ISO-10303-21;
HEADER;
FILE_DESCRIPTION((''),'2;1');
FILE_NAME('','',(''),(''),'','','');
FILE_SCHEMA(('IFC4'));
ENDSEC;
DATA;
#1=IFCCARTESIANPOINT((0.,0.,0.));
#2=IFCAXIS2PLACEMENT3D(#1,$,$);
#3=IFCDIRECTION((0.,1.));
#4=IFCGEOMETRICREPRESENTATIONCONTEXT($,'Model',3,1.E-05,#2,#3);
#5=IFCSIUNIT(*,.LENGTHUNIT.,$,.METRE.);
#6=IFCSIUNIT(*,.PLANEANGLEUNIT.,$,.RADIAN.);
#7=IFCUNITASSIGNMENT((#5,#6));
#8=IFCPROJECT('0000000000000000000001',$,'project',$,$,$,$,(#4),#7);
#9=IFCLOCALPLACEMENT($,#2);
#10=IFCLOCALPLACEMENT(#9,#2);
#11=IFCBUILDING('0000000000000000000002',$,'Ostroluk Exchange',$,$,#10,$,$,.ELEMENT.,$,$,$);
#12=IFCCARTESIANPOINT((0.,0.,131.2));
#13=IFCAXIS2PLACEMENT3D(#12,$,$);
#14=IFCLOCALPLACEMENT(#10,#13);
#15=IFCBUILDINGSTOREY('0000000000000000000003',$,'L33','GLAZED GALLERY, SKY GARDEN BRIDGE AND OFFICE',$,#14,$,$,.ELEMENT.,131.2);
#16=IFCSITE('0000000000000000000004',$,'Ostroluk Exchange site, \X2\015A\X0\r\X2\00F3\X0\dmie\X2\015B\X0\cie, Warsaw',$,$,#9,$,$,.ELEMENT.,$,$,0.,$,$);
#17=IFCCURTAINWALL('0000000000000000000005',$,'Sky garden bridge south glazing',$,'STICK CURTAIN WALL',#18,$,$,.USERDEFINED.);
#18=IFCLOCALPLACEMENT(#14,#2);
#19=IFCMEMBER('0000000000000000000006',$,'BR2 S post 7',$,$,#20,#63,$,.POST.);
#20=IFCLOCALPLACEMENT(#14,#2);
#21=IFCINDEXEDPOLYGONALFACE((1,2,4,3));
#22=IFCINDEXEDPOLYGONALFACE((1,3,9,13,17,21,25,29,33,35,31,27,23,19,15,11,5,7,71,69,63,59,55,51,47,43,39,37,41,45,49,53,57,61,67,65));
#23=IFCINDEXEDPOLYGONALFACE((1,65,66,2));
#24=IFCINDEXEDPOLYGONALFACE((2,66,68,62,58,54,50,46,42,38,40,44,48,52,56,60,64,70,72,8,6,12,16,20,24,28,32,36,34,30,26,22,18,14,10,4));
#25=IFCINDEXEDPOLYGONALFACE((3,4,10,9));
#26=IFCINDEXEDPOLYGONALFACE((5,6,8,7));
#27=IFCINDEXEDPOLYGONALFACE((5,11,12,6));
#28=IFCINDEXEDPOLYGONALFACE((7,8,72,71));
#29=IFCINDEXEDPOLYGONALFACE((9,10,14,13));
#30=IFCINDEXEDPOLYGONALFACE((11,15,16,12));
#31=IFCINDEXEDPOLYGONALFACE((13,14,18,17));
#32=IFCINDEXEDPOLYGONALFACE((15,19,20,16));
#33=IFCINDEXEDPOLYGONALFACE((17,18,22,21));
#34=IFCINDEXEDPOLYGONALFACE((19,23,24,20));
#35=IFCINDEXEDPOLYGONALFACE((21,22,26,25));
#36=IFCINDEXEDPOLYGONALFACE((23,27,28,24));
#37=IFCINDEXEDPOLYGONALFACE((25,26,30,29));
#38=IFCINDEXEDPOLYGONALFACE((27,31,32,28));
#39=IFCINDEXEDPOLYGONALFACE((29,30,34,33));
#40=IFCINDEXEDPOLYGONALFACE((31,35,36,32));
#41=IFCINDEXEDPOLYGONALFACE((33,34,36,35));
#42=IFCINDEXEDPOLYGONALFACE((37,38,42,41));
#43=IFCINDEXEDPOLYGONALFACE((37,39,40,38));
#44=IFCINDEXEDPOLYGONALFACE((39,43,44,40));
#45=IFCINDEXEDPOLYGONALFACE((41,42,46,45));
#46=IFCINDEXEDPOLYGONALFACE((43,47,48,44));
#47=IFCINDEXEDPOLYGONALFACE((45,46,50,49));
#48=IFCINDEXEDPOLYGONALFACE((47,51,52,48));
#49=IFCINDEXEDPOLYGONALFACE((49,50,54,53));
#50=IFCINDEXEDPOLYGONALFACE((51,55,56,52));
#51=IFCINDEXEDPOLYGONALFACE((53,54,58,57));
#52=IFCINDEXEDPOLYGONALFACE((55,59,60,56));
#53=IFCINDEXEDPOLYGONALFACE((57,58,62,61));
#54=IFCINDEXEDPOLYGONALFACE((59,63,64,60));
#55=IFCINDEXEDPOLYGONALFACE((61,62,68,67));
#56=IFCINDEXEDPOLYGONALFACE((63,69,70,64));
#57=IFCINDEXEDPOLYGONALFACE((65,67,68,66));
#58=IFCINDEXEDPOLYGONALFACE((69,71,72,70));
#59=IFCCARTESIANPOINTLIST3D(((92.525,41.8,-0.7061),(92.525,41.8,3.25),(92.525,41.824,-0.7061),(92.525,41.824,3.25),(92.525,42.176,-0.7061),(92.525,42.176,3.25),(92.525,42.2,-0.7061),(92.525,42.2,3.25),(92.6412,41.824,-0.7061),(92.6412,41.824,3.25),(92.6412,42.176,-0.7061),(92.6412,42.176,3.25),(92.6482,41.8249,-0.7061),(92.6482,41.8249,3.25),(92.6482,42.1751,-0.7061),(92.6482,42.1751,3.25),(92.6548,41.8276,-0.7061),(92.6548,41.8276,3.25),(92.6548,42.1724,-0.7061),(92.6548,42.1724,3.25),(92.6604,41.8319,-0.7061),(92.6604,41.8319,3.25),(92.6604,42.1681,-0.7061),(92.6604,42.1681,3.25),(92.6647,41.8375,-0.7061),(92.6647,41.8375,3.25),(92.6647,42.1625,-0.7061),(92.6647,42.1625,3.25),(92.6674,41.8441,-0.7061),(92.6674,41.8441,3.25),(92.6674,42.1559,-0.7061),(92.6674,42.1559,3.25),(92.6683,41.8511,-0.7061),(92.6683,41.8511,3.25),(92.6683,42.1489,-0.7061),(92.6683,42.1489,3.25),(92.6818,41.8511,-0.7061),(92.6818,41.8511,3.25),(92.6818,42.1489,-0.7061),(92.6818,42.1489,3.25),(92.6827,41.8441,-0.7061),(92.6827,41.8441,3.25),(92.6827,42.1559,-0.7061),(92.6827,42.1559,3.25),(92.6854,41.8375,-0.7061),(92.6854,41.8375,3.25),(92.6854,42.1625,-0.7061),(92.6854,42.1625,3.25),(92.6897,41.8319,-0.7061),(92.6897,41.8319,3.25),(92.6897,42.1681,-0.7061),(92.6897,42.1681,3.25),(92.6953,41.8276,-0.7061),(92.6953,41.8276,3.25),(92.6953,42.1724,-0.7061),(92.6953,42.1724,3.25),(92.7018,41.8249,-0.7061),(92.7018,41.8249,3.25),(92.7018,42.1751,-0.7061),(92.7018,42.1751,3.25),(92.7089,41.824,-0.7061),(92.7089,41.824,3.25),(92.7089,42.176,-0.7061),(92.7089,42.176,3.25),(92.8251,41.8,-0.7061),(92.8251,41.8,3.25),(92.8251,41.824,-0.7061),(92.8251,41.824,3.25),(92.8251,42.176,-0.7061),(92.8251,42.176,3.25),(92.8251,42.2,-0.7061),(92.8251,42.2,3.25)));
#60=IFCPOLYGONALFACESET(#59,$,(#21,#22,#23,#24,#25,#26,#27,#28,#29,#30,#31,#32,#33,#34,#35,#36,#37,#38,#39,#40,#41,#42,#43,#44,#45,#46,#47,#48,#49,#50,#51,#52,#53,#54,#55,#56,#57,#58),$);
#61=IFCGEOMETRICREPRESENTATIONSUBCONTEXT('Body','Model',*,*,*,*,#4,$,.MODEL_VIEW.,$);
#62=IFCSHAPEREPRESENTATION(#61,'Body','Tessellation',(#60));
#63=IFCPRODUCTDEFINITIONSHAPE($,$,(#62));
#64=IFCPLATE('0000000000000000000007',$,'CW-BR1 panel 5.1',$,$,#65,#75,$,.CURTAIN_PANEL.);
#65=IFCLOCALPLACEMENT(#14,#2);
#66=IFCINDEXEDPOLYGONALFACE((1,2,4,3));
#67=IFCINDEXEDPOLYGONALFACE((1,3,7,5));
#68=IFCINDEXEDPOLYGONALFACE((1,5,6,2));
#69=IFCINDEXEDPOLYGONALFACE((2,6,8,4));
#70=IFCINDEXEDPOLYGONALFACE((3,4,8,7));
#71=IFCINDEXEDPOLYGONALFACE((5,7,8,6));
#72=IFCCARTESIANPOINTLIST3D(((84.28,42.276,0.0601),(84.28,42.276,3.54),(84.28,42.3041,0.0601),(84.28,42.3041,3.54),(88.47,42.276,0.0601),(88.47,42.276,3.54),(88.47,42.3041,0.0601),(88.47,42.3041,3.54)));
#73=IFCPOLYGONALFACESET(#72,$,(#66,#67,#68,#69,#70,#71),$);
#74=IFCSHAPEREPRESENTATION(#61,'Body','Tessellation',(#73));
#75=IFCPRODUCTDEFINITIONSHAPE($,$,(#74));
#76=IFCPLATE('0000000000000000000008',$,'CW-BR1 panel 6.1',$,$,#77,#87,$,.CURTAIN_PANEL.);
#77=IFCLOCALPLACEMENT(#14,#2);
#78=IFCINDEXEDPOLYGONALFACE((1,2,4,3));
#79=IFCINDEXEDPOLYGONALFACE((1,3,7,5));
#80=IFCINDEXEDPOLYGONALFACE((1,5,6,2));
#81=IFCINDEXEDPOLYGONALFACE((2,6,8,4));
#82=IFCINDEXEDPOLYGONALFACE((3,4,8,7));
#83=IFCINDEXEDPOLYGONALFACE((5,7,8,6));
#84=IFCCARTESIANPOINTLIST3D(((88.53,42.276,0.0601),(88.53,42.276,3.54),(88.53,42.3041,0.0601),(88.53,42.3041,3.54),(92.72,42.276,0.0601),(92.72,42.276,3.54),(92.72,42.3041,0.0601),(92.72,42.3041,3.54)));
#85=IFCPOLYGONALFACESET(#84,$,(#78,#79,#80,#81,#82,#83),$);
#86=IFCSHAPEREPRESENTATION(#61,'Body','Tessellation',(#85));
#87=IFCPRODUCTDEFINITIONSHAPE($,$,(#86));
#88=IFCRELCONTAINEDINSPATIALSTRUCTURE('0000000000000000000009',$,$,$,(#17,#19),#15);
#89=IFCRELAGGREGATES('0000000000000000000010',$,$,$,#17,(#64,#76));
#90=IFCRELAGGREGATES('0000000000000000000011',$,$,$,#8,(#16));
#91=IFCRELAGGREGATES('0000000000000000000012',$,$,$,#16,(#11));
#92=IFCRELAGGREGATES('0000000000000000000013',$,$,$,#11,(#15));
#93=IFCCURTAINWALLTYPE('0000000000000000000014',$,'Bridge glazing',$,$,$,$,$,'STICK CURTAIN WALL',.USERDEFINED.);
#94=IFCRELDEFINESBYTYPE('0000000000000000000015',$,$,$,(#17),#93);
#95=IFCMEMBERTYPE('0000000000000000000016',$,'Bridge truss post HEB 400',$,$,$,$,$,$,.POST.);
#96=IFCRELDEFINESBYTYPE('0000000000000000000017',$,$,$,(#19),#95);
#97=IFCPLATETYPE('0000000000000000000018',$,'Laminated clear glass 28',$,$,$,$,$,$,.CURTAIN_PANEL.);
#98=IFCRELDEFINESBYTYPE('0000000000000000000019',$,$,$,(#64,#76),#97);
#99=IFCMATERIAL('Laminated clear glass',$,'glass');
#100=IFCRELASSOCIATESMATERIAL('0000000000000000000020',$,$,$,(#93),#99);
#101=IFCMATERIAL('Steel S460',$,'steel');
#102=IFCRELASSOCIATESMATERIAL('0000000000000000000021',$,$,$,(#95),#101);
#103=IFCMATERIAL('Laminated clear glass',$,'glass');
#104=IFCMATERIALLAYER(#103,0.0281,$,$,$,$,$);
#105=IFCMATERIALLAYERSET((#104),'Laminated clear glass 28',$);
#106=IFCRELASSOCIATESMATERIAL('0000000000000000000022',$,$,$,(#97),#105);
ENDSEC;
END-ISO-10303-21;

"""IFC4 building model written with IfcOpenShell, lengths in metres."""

from ifc_helpers import new_model, si_unit, direction, frame, origin, origin_2d, place, context, subcontext, project, spatial, rectangle, i_section, extrude, material, layer, layer_set, material_profile, profile_set, type_object, element, aggregate, save


model = new_model("IFC4")

# Units and contexts
model_context = context("Model", 3, precision=1e-05, world=origin(), true_north=direction((0.0, 1.0)))
body_context = subcontext(model_context, "Body", "Model", "MODEL_VIEW")
ifc_project = project(units=[si_unit("LENGTHUNIT", "METRE"), si_unit("PLANEANGLEUNIT", "RADIAN")], contexts=[model_context])

# Site, building, storey
site_placement = place(None, origin())
site = spatial("IfcSite", under=ifc_project, at=site_placement, Name="Ostroluk Exchange site, Śródmieście, Warsaw", CompositionType="ELEMENT", RefElevation=0.0)
building_placement = place(site_placement, origin())
building = spatial("IfcBuilding", under=site, at=building_placement, Name="Ostroluk Exchange", CompositionType="ELEMENT")
storey_placement = place(building_placement, frame((0.0, 0.0, 131.2)))
storey = spatial("IfcBuildingStorey", under=building, at=storey_placement, Name="L33", Description="GLAZED GALLERY, SKY GARDEN BRIDGE AND OFFICE", CompositionType="ELEMENT", Elevation=131.2)

# Curtain wall
ifc_material_1 = material(Name="Laminated clear glass", Category="glass")
curtain_wall_type = type_object("IfcCurtainWallType", Name="Bridge glazing", ElementType="STICK CURTAIN WALL", PredefinedType="USERDEFINED", material=ifc_material_1)
curtain_wall_placement = place(storey_placement, origin())
curtain_wall = element("IfcCurtainWall", 1, at=curtain_wall_placement, inside=storey, type_object=curtain_wall_type, Name="Sky garden bridge south glazing", ObjectType="STICK CURTAIN WALL", PredefinedType="USERDEFINED")

# Member
ifc_material_2 = material(Name="Steel S460", Category="steel")
ifc_material_profile_1 = material_profile(ifc_material_2, i_section(OverallWidth=0.3, OverallDepth=0.3999, WebThickness=0.0134, FlangeThickness=0.0239, FilletRadius=0.0271, at=origin_2d()), Name="HEB 400")
ifc_profile_set_1 = profile_set([ifc_material_profile_1], Name="Steel S460")
member_type_1 = type_object("IfcMemberType", Name="Bridge truss post HEB 400", PredefinedType="POST", material=ifc_profile_set_1)
for number, where, z_axis, x_axis, name in (
    (2, (92.675, 42.0, -0.7061), (0.0, 0.0, 1.0), (1.0, 0.0, 0.0), "BR2 S post 7"),
):
    element("IfcMember", number, at=place(storey_placement, frame(where, z_axis=z_axis, x_axis=x_axis)), inside=storey, type_object=member_type_1, Name=name, PredefinedType="POST", context=body_context, shape_type="SweptSolid", body=[
        extrude(i_section(OverallWidth=0.3, OverallDepth=0.3999, WebThickness=0.0134, FlangeThickness=0.0239, FilletRadius=0.0271, at=origin_2d()), origin(), (0.0, 0.0, 1.0), 3.9561),
    ])

# Plates
ifc_material_3 = material(Name="Laminated clear glass", Category="glass")
ifc_layer = layer(ifc_material_3, 0.0281)
ifc_layer_set = layer_set([ifc_layer], Name="Laminated clear glass 28")
plate_type = type_object("IfcPlateType", Name="Laminated clear glass 28", PredefinedType="CURTAIN_PANEL", material=ifc_layer_set)
plate_1_placement = place(storey_placement, frame((86.375, 42.29, 0.0601), z_axis=(0.0, 0.0, 1.0), x_axis=(1.0, 0.0, 0.0)))
plate_1 = element("IfcPlate", 3, at=plate_1_placement, type_object=plate_type, Name="CW-BR1 panel 5.1", PredefinedType="CURTAIN_PANEL", context=body_context, shape_type="SweptSolid", body=[
    extrude(rectangle(XDim=4.1899, YDim=0.0281, at=origin_2d()), origin(), (0.0, 0.0, 1.0), 3.48),
])
plate_2_placement = place(storey_placement, frame((90.625, 42.29, 0.0601), z_axis=(0.0, 0.0, 1.0), x_axis=(1.0, 0.0, 0.0)))
plate_2 = element("IfcPlate", 4, at=plate_2_placement, type_object=plate_type, Name="CW-BR1 panel 6.1", PredefinedType="CURTAIN_PANEL", context=body_context, shape_type="SweptSolid", body=[
    extrude(rectangle(XDim=4.1899, YDim=0.0281, at=origin_2d()), origin(), (0.0, 0.0, 1.0), 3.48),
])
aggregate(curtain_wall, [plate_1, plate_2])

save(model, "model.ifc")
